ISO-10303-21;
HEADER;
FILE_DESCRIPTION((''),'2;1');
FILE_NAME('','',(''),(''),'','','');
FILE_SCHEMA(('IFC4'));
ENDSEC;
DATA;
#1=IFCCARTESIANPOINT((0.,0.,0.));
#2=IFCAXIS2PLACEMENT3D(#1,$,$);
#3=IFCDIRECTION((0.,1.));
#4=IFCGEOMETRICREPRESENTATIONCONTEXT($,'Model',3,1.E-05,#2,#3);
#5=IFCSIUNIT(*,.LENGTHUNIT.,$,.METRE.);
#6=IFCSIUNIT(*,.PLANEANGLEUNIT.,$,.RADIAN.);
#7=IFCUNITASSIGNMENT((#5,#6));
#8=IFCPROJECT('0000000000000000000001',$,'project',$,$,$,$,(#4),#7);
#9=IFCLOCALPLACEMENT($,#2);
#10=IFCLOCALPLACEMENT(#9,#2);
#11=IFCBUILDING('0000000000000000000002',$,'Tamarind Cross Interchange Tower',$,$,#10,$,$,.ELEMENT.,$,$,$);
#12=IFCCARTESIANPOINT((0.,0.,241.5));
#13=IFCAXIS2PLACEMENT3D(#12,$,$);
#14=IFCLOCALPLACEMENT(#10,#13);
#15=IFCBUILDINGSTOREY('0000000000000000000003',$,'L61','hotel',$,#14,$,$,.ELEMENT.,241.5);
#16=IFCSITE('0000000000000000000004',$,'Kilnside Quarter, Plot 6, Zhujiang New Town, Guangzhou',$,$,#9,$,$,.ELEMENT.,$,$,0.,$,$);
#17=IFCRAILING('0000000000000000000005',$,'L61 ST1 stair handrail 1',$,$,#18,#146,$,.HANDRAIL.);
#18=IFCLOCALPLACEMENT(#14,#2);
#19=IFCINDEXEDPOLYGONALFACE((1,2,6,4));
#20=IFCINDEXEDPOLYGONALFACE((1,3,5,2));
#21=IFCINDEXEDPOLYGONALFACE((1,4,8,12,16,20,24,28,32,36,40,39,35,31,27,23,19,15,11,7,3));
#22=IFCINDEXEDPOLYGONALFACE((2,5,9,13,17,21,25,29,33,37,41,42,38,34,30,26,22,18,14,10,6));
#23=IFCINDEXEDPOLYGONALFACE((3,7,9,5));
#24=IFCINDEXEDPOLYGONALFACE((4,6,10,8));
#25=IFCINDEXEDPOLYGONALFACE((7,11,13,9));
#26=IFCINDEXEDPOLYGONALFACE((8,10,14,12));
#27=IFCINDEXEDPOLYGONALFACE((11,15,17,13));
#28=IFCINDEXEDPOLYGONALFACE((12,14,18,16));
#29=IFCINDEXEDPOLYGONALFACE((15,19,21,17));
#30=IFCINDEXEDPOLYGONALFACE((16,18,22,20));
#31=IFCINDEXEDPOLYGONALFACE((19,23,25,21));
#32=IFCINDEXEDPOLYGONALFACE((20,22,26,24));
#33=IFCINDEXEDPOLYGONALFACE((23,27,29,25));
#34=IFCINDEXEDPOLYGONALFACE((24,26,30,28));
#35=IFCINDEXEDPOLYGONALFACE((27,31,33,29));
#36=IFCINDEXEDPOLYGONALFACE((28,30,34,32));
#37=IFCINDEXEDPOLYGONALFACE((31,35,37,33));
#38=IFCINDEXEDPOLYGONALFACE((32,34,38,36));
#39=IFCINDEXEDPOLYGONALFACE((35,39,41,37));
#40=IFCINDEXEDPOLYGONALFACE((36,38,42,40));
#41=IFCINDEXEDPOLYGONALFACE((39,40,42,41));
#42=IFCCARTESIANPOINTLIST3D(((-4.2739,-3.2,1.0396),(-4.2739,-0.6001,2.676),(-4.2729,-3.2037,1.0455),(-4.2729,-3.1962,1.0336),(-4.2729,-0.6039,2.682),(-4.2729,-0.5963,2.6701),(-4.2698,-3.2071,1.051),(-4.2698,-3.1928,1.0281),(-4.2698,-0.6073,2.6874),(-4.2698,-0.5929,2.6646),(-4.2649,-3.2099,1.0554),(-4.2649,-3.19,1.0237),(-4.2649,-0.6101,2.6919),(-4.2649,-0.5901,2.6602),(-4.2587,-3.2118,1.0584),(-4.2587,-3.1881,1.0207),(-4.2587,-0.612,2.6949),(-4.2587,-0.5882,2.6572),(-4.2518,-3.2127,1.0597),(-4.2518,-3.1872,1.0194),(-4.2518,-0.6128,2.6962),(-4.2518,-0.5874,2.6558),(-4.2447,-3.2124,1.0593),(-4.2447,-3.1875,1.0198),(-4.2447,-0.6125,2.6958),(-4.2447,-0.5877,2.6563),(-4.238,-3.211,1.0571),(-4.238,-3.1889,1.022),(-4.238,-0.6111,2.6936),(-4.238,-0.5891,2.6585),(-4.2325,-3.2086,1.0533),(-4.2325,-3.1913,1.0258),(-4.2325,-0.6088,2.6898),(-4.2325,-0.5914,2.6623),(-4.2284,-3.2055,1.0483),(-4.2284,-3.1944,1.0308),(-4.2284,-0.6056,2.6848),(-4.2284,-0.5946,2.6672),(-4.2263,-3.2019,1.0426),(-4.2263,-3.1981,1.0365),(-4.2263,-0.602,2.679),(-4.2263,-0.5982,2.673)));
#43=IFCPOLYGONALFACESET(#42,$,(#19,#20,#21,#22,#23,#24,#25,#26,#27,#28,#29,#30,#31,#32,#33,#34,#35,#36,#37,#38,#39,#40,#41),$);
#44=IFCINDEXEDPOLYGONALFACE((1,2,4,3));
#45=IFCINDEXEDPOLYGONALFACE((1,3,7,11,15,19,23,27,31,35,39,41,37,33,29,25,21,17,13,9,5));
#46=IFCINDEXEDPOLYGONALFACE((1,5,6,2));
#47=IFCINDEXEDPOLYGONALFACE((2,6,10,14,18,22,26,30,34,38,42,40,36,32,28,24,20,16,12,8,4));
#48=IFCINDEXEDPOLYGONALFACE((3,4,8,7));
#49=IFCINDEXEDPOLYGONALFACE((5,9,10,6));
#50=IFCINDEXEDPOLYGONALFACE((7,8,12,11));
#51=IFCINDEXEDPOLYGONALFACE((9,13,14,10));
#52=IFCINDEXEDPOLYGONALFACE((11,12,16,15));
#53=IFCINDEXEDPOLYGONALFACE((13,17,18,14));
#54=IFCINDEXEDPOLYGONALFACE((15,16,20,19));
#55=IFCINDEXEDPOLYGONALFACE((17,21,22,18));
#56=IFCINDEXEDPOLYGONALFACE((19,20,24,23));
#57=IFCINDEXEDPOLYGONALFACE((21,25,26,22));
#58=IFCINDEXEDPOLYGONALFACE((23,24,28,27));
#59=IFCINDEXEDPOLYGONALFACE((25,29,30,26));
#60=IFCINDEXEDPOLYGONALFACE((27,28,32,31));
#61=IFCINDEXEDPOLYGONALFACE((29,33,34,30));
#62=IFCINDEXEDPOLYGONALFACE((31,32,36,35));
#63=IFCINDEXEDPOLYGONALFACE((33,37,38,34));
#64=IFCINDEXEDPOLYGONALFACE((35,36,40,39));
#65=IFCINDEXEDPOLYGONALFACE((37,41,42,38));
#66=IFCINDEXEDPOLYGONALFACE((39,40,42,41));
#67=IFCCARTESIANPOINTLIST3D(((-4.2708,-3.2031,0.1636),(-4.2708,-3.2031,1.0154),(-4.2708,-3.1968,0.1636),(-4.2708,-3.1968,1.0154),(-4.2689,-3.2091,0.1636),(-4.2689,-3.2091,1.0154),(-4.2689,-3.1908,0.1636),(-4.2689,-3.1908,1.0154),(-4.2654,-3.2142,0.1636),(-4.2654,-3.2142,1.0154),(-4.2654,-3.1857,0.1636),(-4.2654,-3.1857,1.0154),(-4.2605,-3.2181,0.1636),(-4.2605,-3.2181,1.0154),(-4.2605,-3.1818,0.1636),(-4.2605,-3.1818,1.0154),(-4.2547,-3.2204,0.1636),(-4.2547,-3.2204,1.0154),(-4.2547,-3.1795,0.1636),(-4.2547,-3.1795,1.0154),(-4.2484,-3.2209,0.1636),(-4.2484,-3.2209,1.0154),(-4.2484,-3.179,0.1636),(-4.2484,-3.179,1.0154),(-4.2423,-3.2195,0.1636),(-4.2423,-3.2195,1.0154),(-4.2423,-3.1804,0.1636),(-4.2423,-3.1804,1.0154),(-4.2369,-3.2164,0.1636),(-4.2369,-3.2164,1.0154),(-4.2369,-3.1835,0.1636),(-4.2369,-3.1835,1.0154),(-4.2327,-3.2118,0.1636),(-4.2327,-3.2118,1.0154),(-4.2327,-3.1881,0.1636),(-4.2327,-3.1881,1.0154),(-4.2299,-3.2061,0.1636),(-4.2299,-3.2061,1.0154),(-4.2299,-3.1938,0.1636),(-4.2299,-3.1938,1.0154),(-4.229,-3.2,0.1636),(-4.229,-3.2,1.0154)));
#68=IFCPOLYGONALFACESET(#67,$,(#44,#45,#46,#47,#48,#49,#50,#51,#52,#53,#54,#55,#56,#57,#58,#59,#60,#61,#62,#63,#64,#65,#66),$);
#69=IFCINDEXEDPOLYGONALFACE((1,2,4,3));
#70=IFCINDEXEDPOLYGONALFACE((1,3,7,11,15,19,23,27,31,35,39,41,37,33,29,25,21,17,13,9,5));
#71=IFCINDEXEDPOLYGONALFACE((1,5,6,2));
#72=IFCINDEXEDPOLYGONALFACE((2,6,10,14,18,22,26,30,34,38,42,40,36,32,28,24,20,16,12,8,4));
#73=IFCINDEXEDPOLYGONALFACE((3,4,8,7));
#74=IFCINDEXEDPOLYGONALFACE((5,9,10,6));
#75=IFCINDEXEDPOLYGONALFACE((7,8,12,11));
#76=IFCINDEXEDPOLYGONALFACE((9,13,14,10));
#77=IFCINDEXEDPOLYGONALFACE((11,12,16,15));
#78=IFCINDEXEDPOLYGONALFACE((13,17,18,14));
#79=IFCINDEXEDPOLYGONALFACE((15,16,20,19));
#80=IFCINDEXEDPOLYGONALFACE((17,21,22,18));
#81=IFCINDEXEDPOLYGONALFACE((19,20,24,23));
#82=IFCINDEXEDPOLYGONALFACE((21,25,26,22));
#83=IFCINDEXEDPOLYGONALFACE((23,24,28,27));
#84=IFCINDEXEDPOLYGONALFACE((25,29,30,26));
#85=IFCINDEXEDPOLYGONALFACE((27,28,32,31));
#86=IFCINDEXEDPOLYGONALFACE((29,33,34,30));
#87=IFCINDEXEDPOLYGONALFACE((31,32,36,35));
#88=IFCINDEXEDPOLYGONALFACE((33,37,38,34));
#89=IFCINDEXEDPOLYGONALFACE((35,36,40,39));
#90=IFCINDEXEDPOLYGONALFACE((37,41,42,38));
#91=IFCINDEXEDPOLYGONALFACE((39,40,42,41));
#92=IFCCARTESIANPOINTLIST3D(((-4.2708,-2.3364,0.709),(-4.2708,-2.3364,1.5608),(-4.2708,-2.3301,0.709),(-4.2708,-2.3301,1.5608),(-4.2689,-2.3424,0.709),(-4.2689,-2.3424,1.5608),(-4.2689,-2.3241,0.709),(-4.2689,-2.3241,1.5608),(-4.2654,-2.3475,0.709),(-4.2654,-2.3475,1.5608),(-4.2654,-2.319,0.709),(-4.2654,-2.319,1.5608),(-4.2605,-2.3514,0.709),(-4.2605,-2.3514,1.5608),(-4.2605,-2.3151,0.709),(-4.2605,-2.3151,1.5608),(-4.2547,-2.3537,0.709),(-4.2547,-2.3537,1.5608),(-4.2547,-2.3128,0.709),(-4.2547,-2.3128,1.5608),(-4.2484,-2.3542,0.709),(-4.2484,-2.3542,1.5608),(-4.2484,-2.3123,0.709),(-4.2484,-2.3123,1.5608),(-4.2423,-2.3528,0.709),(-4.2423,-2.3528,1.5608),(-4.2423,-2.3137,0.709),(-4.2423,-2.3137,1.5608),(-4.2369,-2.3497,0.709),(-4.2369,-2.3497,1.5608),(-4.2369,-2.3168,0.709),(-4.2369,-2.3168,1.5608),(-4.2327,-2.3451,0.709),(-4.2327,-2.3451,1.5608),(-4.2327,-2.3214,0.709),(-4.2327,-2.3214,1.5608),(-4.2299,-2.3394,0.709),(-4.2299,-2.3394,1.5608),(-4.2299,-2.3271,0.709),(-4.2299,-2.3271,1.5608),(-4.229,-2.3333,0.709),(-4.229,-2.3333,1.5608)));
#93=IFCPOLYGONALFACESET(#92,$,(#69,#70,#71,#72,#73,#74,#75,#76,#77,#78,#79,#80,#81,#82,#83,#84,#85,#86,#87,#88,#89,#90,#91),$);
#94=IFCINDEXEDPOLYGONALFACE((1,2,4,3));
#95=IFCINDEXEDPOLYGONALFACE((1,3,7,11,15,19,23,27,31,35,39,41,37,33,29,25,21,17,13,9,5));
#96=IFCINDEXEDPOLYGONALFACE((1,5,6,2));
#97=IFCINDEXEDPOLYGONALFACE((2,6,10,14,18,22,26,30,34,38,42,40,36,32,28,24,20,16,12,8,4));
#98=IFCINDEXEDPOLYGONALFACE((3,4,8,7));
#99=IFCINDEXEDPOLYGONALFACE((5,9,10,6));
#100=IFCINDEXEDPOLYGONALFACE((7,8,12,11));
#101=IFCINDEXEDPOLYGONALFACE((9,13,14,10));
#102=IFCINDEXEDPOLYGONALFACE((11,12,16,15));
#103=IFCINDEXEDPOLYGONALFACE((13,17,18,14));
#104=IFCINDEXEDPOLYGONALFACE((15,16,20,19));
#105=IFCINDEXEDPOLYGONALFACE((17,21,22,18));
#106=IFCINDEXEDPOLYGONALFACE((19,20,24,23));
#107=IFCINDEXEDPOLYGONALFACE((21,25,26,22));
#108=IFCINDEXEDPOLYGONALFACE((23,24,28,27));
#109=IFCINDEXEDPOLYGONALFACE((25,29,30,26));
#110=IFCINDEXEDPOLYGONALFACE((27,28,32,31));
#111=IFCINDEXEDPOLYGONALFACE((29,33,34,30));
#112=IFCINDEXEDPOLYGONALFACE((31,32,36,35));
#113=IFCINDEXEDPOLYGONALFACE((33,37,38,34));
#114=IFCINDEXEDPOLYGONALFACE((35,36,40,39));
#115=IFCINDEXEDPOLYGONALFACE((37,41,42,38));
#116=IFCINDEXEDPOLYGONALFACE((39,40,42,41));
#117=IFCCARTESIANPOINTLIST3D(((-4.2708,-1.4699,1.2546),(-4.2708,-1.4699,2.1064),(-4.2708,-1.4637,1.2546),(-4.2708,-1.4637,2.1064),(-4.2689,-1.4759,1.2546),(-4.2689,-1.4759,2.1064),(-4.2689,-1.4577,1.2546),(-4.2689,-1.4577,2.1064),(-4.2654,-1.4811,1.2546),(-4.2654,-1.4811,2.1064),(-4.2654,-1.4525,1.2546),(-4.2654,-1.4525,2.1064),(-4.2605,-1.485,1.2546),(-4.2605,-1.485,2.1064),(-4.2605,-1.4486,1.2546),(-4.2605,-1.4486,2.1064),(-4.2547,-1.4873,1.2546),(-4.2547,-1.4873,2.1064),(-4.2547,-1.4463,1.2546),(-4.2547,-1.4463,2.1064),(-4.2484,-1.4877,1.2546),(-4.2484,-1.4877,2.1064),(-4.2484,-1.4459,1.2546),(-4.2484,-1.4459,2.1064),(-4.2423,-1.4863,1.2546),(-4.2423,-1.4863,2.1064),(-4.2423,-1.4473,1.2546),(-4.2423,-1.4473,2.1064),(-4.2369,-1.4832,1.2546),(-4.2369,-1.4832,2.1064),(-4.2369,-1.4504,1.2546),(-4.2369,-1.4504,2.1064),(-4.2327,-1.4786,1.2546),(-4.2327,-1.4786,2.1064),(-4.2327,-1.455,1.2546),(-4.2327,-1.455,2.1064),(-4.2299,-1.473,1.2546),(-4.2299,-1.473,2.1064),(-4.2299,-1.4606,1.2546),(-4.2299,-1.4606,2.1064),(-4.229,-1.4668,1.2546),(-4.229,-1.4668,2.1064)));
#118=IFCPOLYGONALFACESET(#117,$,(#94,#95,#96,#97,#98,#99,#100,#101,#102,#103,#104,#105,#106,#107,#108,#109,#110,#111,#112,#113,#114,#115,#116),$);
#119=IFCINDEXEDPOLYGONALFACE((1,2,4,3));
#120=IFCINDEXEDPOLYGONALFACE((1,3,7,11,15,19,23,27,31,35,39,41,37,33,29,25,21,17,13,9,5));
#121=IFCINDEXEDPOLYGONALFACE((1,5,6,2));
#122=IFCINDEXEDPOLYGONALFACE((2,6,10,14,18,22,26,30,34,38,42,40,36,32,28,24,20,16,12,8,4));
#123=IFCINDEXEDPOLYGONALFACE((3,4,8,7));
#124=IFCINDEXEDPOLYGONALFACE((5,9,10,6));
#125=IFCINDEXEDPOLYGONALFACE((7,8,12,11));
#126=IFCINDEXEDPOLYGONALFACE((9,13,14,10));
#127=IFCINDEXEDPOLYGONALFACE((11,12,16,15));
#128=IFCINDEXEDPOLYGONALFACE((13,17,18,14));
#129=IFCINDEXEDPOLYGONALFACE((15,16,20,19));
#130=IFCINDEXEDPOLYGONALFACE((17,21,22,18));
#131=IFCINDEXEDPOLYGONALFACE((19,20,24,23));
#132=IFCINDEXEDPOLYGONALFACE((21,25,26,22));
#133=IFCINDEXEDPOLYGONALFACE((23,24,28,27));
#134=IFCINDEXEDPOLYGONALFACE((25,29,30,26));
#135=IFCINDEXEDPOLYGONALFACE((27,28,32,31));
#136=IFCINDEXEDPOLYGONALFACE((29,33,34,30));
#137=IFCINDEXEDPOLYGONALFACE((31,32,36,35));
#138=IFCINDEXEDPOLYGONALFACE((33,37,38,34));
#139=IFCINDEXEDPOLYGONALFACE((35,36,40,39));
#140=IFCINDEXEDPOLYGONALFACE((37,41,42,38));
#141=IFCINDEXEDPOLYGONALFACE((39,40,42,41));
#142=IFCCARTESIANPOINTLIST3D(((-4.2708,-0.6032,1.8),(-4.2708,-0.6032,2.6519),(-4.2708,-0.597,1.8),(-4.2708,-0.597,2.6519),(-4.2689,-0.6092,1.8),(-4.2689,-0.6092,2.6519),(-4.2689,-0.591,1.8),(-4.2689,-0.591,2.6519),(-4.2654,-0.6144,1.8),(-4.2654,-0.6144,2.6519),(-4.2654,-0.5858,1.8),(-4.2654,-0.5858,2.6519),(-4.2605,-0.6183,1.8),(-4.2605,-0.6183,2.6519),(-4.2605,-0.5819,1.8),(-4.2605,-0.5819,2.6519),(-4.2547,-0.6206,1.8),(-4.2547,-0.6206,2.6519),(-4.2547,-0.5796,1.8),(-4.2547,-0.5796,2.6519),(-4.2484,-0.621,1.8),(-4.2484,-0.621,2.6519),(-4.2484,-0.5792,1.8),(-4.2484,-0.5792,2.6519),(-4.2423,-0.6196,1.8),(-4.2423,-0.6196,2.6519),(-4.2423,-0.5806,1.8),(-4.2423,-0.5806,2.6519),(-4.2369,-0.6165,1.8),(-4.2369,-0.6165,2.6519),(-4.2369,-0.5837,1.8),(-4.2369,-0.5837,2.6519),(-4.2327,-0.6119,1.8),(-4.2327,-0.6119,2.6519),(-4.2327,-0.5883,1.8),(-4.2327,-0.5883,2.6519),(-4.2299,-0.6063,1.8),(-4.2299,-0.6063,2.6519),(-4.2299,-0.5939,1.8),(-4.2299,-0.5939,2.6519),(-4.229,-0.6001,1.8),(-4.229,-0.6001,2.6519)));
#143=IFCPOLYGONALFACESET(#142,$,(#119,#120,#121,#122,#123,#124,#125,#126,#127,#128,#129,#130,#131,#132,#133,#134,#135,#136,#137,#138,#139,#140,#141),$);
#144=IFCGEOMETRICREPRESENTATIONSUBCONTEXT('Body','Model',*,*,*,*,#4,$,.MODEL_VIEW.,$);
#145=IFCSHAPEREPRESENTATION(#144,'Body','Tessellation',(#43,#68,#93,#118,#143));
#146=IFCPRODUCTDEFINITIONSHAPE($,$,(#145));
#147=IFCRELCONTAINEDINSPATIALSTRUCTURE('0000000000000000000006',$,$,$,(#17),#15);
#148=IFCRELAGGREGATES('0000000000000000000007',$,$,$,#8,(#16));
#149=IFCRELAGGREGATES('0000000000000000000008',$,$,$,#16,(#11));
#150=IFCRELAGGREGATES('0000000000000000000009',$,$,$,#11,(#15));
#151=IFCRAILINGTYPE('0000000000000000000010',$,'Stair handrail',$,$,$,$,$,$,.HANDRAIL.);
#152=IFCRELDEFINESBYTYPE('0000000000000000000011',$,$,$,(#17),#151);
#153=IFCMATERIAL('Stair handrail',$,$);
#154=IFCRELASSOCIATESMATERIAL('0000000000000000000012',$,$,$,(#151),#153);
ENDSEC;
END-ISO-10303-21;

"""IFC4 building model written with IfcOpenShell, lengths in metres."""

from ifc_helpers import new_model, si_unit, direction, frame, origin, origin_2d, place, context, subcontext, project, spatial, circle, extrude, material, type_object, element, save


model = new_model("IFC4")

# Units and contexts
model_context = context("Model", 3, precision=1e-05, world=origin(), true_north=direction((0.0, 1.0)))
body_context = subcontext(model_context, "Body", "Model", "MODEL_VIEW")
ifc_project = project(units=[si_unit("LENGTHUNIT", "METRE"), si_unit("PLANEANGLEUNIT", "RADIAN")], contexts=[model_context])

# Site, building, storey
site_placement = place(None, origin())
site = spatial("IfcSite", under=ifc_project, at=site_placement, Name="Kilnside Quarter, Plot 6, Zhujiang New Town, Guangzhou", CompositionType="ELEMENT", RefElevation=0.0)
building_placement = place(site_placement, origin())
building = spatial("IfcBuilding", under=site, at=building_placement, Name="Tamarind Cross Interchange Tower", CompositionType="ELEMENT")
storey_placement = place(building_placement, frame((0.0, 0.0, 241.5)))
storey = spatial("IfcBuildingStorey", under=building, at=storey_placement, Name="L61", Description="hotel", CompositionType="ELEMENT", Elevation=241.5)

# Railing
ifc_material_1 = material(Name="Stair handrail")
railing_type_1 = type_object("IfcRailingType", Name="Stair handrail", PredefinedType="HANDRAIL", material=ifc_material_1)
railing_1_placement = place(storey_placement, frame((-4.25, -3.2, 0.1636)))
element("IfcRailing", 1, at=railing_1_placement, inside=storey, type_object=railing_type_1, Name="L61 ST1 stair handrail 1", PredefinedType="HANDRAIL", context=body_context, shape_type="SweptSolid", body=[
    extrude(circle(Radius=0.0239, at=origin_2d()), frame((0.0, 0.0, 0.876), z_axis=(0.0, 0.846302, 0.532704), x_axis=(-1.0, 0.0, 0.0)), (0.0, 0.0, 1.0), 3.072),
    extrude(circle(Radius=0.021, at=origin_2d()), origin(), (0.0, 0.0, 1.0), 0.8518),
    extrude(circle(Radius=0.021, at=origin_2d()), frame((0.0, 0.8667, 0.5454)), (0.0, 0.0, 1.0), 0.8518),
    extrude(circle(Radius=0.021, at=origin_2d()), frame((0.0, 1.7332, 1.0911)), (0.0, 0.0, 1.0), 0.8518),
    extrude(circle(Radius=0.021, at=origin_2d()), frame((0.0, 2.5999, 1.6365)), (0.0, 0.0, 1.0), 0.8518),
])

save(model, "model.ifc")
